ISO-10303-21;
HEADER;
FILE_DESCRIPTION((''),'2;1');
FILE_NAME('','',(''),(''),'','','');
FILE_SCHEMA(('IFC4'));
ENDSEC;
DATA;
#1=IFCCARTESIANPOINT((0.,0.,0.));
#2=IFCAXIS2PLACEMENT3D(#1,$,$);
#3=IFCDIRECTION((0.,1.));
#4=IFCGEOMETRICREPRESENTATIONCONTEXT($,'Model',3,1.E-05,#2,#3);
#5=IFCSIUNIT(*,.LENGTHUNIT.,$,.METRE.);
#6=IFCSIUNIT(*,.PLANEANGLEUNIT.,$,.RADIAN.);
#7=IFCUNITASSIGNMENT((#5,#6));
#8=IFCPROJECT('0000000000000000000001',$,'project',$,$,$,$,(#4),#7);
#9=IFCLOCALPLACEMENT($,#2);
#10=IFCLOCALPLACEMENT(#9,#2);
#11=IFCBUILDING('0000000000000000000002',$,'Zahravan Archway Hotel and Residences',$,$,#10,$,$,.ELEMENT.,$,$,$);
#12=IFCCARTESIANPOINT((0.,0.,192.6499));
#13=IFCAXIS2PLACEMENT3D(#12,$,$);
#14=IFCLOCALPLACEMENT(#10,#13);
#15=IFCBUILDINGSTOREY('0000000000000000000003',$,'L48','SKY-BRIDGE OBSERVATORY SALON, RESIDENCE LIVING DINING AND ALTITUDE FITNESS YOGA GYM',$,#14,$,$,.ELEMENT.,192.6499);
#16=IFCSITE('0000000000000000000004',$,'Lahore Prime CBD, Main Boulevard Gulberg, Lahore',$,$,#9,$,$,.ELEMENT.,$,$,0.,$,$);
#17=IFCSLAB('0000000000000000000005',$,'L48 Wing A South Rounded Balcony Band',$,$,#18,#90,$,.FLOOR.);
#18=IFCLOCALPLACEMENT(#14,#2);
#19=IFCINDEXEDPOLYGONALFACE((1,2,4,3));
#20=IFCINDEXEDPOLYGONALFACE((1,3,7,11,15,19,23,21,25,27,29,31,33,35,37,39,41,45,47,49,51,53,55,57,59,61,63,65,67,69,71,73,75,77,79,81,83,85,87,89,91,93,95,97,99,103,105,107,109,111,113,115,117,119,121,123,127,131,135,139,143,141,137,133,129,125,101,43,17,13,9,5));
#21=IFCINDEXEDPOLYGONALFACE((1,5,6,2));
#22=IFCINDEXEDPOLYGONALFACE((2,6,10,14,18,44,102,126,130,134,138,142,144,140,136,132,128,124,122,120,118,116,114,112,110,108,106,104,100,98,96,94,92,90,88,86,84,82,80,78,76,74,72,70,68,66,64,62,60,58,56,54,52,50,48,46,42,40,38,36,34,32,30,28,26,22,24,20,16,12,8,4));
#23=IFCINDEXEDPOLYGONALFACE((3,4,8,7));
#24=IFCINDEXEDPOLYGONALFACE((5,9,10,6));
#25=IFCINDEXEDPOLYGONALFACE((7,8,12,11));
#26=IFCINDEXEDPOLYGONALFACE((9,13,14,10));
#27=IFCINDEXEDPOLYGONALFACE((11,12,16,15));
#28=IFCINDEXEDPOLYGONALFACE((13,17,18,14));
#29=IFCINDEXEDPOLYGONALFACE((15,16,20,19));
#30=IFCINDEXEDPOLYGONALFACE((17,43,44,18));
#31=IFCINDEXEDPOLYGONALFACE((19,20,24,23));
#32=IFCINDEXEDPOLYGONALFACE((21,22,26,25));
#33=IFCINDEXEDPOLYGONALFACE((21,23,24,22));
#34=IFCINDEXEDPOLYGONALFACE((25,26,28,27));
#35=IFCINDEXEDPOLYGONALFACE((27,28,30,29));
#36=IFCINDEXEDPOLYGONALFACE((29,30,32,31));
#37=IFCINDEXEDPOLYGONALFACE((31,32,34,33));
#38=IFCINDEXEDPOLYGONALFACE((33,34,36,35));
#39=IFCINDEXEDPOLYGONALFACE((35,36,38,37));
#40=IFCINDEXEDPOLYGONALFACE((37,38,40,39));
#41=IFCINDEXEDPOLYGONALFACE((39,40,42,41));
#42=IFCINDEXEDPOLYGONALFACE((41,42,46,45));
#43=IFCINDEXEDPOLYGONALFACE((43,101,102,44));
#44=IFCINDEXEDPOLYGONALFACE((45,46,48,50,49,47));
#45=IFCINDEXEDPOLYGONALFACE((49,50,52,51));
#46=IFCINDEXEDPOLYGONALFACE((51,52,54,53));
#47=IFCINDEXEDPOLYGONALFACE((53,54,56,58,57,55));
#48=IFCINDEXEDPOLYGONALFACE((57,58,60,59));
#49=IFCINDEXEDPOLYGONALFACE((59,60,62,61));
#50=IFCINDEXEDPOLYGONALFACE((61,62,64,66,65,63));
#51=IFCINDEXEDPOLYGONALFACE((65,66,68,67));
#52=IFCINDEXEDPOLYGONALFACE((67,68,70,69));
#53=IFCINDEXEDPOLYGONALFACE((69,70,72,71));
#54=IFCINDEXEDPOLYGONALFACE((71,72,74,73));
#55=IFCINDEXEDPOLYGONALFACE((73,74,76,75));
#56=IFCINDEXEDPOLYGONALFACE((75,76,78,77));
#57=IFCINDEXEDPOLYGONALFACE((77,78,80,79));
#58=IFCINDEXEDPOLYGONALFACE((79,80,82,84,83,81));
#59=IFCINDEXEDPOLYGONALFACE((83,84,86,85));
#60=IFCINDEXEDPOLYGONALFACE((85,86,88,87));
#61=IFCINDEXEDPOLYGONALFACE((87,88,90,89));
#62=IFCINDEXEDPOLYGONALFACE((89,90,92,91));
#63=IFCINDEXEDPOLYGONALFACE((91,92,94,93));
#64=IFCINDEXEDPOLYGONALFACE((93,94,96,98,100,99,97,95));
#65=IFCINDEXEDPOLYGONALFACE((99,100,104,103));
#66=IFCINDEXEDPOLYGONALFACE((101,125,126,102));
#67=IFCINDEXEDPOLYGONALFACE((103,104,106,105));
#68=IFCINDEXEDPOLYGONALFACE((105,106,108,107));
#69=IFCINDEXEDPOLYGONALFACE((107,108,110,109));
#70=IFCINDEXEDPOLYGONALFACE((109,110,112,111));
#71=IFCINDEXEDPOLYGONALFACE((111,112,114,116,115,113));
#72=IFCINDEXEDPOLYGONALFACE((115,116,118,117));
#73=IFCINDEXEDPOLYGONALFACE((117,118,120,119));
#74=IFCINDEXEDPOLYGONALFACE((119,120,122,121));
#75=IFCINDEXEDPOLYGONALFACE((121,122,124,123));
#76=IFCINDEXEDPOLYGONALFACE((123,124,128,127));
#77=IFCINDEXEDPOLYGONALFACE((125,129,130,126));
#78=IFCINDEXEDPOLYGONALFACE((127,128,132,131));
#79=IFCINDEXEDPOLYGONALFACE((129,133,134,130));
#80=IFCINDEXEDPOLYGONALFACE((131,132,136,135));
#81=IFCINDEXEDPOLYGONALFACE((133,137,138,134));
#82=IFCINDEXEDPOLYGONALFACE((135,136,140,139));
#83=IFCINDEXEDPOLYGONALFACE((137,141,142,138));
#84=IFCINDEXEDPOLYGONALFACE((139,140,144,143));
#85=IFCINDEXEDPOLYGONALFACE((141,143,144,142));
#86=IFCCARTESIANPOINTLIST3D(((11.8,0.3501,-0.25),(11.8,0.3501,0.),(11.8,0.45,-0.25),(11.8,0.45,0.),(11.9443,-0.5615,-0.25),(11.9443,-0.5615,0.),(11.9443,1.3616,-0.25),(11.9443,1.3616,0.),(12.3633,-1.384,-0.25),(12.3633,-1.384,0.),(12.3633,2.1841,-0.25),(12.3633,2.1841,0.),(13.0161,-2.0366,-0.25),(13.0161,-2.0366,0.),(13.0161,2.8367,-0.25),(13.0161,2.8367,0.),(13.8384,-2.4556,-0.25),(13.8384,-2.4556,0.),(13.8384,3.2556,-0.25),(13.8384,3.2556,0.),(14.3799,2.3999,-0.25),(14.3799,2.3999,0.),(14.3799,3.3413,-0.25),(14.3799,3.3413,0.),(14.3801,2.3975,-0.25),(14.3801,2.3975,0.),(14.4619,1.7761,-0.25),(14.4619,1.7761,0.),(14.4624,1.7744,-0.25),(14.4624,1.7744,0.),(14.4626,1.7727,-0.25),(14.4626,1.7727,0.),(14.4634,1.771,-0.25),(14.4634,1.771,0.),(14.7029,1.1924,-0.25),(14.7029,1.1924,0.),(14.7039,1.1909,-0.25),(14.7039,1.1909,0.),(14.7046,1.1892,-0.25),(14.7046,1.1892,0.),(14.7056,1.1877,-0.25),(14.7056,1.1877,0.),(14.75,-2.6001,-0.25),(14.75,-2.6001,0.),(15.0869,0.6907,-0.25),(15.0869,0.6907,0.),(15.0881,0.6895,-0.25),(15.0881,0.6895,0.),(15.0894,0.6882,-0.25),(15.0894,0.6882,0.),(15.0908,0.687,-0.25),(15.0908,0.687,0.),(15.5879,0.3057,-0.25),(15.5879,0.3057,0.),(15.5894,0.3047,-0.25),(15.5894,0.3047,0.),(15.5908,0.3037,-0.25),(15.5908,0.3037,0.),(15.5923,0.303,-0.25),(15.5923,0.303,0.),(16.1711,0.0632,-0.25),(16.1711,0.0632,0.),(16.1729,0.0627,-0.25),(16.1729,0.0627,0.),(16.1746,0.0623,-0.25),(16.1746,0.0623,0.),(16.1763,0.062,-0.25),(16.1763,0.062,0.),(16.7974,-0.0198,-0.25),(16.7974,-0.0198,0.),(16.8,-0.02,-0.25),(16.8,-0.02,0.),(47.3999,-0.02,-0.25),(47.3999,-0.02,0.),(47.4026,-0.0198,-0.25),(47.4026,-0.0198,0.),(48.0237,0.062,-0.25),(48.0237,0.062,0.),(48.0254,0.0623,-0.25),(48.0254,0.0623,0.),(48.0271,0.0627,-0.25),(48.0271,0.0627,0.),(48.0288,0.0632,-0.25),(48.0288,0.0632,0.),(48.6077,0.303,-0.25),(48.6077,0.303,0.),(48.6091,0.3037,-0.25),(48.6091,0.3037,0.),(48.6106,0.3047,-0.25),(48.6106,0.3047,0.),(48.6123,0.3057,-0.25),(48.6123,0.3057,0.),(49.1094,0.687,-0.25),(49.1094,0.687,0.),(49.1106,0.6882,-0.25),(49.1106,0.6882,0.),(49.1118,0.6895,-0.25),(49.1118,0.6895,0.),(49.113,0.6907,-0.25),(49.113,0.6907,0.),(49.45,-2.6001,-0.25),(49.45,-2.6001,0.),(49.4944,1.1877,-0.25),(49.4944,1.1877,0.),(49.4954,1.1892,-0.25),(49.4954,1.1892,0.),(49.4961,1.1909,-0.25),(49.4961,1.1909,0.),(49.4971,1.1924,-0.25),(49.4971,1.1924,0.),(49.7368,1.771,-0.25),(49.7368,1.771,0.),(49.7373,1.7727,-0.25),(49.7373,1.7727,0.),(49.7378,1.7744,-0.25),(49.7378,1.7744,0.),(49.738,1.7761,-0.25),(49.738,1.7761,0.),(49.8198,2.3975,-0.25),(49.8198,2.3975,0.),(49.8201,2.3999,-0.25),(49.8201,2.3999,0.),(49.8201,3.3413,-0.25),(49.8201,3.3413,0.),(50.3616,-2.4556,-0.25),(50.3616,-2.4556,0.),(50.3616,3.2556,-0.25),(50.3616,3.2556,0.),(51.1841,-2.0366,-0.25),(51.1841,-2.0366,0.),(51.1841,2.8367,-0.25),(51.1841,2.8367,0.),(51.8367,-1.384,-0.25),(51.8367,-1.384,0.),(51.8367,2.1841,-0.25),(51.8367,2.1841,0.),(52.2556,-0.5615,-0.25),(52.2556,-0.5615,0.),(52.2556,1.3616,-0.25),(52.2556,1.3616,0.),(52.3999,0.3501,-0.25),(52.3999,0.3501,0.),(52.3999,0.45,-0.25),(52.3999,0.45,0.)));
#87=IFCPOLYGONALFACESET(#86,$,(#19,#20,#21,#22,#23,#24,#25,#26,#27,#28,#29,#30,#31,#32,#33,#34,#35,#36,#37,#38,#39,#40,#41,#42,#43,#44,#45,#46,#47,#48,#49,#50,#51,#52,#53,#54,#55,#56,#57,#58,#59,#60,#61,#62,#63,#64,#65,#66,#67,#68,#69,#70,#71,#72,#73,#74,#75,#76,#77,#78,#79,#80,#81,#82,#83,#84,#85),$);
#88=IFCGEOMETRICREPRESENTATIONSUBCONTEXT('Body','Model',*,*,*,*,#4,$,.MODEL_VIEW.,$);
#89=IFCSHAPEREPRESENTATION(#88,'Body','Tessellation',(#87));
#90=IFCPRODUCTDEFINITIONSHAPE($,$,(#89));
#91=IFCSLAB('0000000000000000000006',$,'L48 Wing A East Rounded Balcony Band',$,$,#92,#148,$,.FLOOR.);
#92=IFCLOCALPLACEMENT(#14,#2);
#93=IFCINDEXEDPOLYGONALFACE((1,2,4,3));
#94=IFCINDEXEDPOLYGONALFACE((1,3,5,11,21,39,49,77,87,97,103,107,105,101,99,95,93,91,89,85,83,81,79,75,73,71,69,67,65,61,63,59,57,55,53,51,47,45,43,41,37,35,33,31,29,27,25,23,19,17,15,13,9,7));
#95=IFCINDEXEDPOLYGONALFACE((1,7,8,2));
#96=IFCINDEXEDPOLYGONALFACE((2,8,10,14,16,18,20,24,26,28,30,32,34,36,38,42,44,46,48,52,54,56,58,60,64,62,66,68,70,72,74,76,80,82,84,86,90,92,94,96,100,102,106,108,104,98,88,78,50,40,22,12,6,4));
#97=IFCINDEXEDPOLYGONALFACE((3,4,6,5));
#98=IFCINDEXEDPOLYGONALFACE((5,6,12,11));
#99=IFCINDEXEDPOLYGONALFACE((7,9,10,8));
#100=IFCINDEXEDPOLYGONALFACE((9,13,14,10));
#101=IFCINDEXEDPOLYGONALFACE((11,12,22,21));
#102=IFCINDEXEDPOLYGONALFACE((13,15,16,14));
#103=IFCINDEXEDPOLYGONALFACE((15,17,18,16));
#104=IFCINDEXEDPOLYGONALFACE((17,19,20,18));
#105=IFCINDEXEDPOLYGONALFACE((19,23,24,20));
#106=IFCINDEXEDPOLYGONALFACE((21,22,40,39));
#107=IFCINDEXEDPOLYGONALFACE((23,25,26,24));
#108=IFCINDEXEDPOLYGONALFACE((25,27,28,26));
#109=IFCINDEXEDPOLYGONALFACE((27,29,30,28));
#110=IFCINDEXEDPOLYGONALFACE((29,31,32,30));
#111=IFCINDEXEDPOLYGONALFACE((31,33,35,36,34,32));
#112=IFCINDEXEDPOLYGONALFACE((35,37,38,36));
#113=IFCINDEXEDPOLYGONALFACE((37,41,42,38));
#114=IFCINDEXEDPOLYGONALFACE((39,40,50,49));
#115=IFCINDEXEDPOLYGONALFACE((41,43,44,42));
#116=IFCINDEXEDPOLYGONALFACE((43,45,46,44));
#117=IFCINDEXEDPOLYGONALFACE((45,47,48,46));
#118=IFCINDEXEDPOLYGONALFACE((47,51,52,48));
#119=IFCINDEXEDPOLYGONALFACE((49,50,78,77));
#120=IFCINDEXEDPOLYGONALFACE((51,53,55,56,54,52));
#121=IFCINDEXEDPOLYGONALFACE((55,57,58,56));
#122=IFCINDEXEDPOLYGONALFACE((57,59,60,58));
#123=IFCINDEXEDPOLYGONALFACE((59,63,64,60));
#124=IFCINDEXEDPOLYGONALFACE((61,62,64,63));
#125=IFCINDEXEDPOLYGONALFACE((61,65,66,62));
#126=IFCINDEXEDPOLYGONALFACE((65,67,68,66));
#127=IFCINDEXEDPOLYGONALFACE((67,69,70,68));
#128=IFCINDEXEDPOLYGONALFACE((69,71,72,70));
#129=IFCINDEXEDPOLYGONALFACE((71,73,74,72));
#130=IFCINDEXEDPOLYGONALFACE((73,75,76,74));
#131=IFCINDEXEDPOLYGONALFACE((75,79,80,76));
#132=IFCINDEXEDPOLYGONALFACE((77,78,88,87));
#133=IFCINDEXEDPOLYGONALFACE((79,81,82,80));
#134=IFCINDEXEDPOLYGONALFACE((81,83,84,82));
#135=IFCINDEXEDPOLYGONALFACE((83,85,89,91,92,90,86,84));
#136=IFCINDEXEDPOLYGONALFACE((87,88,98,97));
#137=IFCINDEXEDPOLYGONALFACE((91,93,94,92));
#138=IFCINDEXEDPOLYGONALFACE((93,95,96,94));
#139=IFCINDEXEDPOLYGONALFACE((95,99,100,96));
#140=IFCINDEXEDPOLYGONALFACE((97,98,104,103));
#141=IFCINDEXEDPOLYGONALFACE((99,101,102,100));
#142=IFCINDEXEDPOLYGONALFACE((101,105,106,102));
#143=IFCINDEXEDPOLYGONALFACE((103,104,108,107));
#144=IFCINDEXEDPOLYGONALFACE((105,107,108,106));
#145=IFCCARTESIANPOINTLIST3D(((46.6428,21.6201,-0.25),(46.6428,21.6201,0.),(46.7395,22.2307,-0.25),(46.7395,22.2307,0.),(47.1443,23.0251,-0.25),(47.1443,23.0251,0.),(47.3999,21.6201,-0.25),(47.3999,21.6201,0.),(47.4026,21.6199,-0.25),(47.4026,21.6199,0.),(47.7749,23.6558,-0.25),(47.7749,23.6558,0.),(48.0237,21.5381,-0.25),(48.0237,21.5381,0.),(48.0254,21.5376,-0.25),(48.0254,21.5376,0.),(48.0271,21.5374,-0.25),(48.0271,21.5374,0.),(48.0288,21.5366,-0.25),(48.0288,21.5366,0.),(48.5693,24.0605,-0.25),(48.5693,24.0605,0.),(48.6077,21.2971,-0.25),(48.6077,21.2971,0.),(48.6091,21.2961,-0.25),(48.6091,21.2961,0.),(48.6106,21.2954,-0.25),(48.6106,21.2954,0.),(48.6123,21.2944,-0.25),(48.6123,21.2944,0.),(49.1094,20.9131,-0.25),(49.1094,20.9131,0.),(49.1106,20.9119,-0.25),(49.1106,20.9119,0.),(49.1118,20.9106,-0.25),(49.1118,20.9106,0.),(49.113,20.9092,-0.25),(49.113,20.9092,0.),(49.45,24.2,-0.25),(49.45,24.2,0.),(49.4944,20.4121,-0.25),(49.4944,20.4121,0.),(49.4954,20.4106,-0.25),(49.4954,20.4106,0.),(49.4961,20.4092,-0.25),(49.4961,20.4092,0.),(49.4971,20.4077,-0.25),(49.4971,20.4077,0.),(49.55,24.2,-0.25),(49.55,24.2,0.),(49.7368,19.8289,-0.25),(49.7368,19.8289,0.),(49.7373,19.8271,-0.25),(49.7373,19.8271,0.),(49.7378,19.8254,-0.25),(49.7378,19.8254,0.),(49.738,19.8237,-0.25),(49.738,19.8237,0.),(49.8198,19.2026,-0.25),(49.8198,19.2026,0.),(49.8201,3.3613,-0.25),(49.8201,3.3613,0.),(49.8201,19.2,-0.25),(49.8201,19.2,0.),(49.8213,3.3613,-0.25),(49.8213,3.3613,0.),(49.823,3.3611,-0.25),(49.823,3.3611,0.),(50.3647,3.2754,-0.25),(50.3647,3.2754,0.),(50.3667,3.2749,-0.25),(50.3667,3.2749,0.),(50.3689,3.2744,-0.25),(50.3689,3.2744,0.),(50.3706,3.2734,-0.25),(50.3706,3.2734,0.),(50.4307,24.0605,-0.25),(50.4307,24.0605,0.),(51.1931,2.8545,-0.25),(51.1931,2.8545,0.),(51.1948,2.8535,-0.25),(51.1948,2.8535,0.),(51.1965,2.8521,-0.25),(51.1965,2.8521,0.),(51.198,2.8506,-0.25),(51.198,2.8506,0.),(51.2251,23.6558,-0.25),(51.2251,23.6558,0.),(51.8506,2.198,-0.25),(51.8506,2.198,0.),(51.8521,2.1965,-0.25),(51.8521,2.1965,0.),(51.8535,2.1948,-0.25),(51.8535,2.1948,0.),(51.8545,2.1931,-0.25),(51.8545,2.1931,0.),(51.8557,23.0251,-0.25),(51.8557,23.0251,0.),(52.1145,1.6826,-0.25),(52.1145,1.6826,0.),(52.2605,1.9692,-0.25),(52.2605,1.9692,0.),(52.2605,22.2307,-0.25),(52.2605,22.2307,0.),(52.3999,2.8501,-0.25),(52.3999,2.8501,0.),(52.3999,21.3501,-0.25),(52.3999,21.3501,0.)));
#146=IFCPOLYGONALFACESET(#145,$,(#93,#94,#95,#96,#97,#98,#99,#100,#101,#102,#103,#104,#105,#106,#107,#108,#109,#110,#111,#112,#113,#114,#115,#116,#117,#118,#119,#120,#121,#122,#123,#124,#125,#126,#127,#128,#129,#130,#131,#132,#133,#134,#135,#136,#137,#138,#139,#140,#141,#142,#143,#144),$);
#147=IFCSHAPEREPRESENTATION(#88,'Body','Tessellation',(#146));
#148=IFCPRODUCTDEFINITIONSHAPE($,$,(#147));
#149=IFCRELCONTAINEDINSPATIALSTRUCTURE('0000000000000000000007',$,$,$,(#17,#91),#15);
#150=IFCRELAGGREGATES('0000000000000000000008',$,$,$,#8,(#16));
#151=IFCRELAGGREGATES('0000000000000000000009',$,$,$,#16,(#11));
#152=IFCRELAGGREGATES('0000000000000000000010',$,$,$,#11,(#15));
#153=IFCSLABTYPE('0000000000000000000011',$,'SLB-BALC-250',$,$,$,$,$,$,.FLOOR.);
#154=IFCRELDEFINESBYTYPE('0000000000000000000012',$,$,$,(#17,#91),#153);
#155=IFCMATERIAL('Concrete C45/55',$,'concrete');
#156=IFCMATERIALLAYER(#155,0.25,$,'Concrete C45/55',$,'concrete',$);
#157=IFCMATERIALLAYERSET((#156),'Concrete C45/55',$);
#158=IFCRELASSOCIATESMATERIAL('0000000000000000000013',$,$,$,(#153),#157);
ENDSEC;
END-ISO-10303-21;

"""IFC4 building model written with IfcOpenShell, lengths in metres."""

from ifc_helpers import new_model, si_unit, direction, frame, origin, place, context, subcontext, project, spatial, polyline, outline, extrude, material, layer, layer_set, type_object, element, save


model = new_model("IFC4")

# Units and contexts
model_context = context("Model", 3, precision=1e-05, world=origin(), true_north=direction((0.0, 1.0)))
body_context = subcontext(model_context, "Body", "Model", "MODEL_VIEW")
ifc_project = project(units=[si_unit("LENGTHUNIT", "METRE"), si_unit("PLANEANGLEUNIT", "RADIAN")], contexts=[model_context])

# Site, building, storey
site_placement = place(None, origin())
site = spatial("IfcSite", under=ifc_project, at=site_placement, Name="Lahore Prime CBD, Main Boulevard Gulberg, Lahore", CompositionType="ELEMENT", RefElevation=0.0)
building_placement = place(site_placement, origin())
building = spatial("IfcBuilding", under=site, at=building_placement, Name="Zahravan Archway Hotel and Residences", CompositionType="ELEMENT")
storey_placement = place(building_placement, frame((0.0, 0.0, 192.6499)))
storey = spatial("IfcBuildingStorey", under=building, at=storey_placement, Name="L48", Description="SKY-BRIDGE OBSERVATORY SALON, RESIDENCE LIVING DINING AND ALTITUDE FITNESS YOGA GYM", CompositionType="ELEMENT", Elevation=192.6499)

# Slabs
ifc_material_1 = material(Name="Concrete C45/55", Category="concrete")
ifc_layer_1 = layer(ifc_material_1, 0.25, Name="Concrete C45/55", Category="concrete")
ifc_layer_set_1 = layer_set([ifc_layer_1], Name="Concrete C45/55")
slab_type_1 = type_object("IfcSlabType", Name="SLB-BALC-250", PredefinedType="FLOOR", material=ifc_layer_set_1)
slab_1_placement = place(storey_placement, frame((0.0, 0.0, -0.25)))
element("IfcSlab", 1, at=slab_1_placement, inside=storey, type_object=slab_type_1, Name="L48 Wing A South Rounded Balcony Band", PredefinedType="FLOOR", context=body_context, shape_type="SweptSolid", body=[
    extrude(outline(polyline([(50.3616, 3.2556), (51.1841, 2.8367), (51.8367, 2.1841), (52.2556, 1.3616), (52.3999, 0.45), (52.3999, 0.3501), (52.2556, -0.5615), (51.8367, -1.384), (51.1841, -2.0366), (50.3616, -2.4556), (49.45, -2.6001), (14.75, -2.6001), (13.8384, -2.4556), (13.0161, -2.0366), (12.3633, -1.384), (11.9443, -0.5615), (11.8, 0.3501), (11.8, 0.45), (11.9443, 1.3616), (12.3633, 2.1841), (13.0161, 2.8367), (13.8384, 3.2556), (14.3799, 3.3413), (14.3799, 2.3999), (14.3801, 2.3975), (14.4619, 1.7761), (14.4624, 1.7744), (14.4626, 1.7727), (14.4634, 1.771), (14.7029, 1.1924), (14.7039, 1.1909), (14.7046, 1.1892), (14.7056, 1.1877), (15.0869, 0.6907), (15.0881, 0.6895), (15.0894, 0.6882), (15.0908, 0.687), (15.5879, 0.3057), (15.5894, 0.3047), (15.5908, 0.3037), (15.5923, 0.303), (16.1711, 0.0632), (16.1729, 0.0627), (16.1746, 0.0623), (16.1763, 0.062), (16.7974, -0.0198), (16.8, -0.02), (47.3999, -0.02), (47.4026, -0.0198), (48.0237, 0.062), (48.0254, 0.0623), (48.0271, 0.0627), (48.0288, 0.0632), (48.6077, 0.303), (48.6091, 0.3037), (48.6106, 0.3047), (48.6123, 0.3057), (49.1094, 0.687), (49.1106, 0.6882), (49.1118, 0.6895), (49.113, 0.6907), (49.4944, 1.1877), (49.4954, 1.1892), (49.4961, 1.1909), (49.4971, 1.1924), (49.7368, 1.771), (49.7373, 1.7727), (49.7378, 1.7744), (49.738, 1.7761), (49.8198, 2.3975), (49.8201, 2.3999), (49.8201, 3.3413), (50.3616, 3.2556)])), origin(), (0.0, 0.0, 1.0), 0.25),
])
slab_2_placement = place(storey_placement, frame((0.0, 0.0, -0.25)))
element("IfcSlab", 2, at=slab_2_placement, inside=storey, type_object=slab_type_1, Name="L48 Wing A East Rounded Balcony Band", PredefinedType="FLOOR", context=body_context, shape_type="SweptSolid", body=[
    extrude(outline(polyline([(46.7395, 22.2307), (47.1443, 23.0251), (47.7749, 23.6558), (48.5693, 24.0605), (49.45, 24.2), (49.55, 24.2), (50.4307, 24.0605), (51.2251, 23.6558), (51.8557, 23.0251), (52.2605, 22.2307), (52.3999, 21.3501), (52.3999, 2.8501), (52.2605, 1.9692), (52.1145, 1.6826), (51.8545, 2.1931), (51.8535, 2.1948), (51.8521, 2.1965), (51.8506, 2.198), (51.198, 2.8506), (51.1965, 2.8521), (51.1948, 2.8535), (51.1931, 2.8545), (50.3706, 3.2734), (50.3689, 3.2744), (50.3667, 3.2749), (50.3647, 3.2754), (49.823, 3.3611), (49.8213, 3.3613), (49.8201, 3.3613), (49.8201, 19.2), (49.8198, 19.2026), (49.738, 19.8237), (49.7378, 19.8254), (49.7373, 19.8271), (49.7368, 19.8289), (49.4971, 20.4077), (49.4961, 20.4092), (49.4954, 20.4106), (49.4944, 20.4121), (49.113, 20.9092), (49.1118, 20.9106), (49.1106, 20.9119), (49.1094, 20.9131), (48.6123, 21.2944), (48.6106, 21.2954), (48.6091, 21.2961), (48.6077, 21.2971), (48.0288, 21.5366), (48.0271, 21.5374), (48.0254, 21.5376), (48.0237, 21.5381), (47.4026, 21.6199), (47.3999, 21.6201), (46.6428, 21.6201), (46.7395, 22.2307)])), origin(), (0.0, 0.0, 1.0), 0.25),
])

save(model, "model.ifc")
